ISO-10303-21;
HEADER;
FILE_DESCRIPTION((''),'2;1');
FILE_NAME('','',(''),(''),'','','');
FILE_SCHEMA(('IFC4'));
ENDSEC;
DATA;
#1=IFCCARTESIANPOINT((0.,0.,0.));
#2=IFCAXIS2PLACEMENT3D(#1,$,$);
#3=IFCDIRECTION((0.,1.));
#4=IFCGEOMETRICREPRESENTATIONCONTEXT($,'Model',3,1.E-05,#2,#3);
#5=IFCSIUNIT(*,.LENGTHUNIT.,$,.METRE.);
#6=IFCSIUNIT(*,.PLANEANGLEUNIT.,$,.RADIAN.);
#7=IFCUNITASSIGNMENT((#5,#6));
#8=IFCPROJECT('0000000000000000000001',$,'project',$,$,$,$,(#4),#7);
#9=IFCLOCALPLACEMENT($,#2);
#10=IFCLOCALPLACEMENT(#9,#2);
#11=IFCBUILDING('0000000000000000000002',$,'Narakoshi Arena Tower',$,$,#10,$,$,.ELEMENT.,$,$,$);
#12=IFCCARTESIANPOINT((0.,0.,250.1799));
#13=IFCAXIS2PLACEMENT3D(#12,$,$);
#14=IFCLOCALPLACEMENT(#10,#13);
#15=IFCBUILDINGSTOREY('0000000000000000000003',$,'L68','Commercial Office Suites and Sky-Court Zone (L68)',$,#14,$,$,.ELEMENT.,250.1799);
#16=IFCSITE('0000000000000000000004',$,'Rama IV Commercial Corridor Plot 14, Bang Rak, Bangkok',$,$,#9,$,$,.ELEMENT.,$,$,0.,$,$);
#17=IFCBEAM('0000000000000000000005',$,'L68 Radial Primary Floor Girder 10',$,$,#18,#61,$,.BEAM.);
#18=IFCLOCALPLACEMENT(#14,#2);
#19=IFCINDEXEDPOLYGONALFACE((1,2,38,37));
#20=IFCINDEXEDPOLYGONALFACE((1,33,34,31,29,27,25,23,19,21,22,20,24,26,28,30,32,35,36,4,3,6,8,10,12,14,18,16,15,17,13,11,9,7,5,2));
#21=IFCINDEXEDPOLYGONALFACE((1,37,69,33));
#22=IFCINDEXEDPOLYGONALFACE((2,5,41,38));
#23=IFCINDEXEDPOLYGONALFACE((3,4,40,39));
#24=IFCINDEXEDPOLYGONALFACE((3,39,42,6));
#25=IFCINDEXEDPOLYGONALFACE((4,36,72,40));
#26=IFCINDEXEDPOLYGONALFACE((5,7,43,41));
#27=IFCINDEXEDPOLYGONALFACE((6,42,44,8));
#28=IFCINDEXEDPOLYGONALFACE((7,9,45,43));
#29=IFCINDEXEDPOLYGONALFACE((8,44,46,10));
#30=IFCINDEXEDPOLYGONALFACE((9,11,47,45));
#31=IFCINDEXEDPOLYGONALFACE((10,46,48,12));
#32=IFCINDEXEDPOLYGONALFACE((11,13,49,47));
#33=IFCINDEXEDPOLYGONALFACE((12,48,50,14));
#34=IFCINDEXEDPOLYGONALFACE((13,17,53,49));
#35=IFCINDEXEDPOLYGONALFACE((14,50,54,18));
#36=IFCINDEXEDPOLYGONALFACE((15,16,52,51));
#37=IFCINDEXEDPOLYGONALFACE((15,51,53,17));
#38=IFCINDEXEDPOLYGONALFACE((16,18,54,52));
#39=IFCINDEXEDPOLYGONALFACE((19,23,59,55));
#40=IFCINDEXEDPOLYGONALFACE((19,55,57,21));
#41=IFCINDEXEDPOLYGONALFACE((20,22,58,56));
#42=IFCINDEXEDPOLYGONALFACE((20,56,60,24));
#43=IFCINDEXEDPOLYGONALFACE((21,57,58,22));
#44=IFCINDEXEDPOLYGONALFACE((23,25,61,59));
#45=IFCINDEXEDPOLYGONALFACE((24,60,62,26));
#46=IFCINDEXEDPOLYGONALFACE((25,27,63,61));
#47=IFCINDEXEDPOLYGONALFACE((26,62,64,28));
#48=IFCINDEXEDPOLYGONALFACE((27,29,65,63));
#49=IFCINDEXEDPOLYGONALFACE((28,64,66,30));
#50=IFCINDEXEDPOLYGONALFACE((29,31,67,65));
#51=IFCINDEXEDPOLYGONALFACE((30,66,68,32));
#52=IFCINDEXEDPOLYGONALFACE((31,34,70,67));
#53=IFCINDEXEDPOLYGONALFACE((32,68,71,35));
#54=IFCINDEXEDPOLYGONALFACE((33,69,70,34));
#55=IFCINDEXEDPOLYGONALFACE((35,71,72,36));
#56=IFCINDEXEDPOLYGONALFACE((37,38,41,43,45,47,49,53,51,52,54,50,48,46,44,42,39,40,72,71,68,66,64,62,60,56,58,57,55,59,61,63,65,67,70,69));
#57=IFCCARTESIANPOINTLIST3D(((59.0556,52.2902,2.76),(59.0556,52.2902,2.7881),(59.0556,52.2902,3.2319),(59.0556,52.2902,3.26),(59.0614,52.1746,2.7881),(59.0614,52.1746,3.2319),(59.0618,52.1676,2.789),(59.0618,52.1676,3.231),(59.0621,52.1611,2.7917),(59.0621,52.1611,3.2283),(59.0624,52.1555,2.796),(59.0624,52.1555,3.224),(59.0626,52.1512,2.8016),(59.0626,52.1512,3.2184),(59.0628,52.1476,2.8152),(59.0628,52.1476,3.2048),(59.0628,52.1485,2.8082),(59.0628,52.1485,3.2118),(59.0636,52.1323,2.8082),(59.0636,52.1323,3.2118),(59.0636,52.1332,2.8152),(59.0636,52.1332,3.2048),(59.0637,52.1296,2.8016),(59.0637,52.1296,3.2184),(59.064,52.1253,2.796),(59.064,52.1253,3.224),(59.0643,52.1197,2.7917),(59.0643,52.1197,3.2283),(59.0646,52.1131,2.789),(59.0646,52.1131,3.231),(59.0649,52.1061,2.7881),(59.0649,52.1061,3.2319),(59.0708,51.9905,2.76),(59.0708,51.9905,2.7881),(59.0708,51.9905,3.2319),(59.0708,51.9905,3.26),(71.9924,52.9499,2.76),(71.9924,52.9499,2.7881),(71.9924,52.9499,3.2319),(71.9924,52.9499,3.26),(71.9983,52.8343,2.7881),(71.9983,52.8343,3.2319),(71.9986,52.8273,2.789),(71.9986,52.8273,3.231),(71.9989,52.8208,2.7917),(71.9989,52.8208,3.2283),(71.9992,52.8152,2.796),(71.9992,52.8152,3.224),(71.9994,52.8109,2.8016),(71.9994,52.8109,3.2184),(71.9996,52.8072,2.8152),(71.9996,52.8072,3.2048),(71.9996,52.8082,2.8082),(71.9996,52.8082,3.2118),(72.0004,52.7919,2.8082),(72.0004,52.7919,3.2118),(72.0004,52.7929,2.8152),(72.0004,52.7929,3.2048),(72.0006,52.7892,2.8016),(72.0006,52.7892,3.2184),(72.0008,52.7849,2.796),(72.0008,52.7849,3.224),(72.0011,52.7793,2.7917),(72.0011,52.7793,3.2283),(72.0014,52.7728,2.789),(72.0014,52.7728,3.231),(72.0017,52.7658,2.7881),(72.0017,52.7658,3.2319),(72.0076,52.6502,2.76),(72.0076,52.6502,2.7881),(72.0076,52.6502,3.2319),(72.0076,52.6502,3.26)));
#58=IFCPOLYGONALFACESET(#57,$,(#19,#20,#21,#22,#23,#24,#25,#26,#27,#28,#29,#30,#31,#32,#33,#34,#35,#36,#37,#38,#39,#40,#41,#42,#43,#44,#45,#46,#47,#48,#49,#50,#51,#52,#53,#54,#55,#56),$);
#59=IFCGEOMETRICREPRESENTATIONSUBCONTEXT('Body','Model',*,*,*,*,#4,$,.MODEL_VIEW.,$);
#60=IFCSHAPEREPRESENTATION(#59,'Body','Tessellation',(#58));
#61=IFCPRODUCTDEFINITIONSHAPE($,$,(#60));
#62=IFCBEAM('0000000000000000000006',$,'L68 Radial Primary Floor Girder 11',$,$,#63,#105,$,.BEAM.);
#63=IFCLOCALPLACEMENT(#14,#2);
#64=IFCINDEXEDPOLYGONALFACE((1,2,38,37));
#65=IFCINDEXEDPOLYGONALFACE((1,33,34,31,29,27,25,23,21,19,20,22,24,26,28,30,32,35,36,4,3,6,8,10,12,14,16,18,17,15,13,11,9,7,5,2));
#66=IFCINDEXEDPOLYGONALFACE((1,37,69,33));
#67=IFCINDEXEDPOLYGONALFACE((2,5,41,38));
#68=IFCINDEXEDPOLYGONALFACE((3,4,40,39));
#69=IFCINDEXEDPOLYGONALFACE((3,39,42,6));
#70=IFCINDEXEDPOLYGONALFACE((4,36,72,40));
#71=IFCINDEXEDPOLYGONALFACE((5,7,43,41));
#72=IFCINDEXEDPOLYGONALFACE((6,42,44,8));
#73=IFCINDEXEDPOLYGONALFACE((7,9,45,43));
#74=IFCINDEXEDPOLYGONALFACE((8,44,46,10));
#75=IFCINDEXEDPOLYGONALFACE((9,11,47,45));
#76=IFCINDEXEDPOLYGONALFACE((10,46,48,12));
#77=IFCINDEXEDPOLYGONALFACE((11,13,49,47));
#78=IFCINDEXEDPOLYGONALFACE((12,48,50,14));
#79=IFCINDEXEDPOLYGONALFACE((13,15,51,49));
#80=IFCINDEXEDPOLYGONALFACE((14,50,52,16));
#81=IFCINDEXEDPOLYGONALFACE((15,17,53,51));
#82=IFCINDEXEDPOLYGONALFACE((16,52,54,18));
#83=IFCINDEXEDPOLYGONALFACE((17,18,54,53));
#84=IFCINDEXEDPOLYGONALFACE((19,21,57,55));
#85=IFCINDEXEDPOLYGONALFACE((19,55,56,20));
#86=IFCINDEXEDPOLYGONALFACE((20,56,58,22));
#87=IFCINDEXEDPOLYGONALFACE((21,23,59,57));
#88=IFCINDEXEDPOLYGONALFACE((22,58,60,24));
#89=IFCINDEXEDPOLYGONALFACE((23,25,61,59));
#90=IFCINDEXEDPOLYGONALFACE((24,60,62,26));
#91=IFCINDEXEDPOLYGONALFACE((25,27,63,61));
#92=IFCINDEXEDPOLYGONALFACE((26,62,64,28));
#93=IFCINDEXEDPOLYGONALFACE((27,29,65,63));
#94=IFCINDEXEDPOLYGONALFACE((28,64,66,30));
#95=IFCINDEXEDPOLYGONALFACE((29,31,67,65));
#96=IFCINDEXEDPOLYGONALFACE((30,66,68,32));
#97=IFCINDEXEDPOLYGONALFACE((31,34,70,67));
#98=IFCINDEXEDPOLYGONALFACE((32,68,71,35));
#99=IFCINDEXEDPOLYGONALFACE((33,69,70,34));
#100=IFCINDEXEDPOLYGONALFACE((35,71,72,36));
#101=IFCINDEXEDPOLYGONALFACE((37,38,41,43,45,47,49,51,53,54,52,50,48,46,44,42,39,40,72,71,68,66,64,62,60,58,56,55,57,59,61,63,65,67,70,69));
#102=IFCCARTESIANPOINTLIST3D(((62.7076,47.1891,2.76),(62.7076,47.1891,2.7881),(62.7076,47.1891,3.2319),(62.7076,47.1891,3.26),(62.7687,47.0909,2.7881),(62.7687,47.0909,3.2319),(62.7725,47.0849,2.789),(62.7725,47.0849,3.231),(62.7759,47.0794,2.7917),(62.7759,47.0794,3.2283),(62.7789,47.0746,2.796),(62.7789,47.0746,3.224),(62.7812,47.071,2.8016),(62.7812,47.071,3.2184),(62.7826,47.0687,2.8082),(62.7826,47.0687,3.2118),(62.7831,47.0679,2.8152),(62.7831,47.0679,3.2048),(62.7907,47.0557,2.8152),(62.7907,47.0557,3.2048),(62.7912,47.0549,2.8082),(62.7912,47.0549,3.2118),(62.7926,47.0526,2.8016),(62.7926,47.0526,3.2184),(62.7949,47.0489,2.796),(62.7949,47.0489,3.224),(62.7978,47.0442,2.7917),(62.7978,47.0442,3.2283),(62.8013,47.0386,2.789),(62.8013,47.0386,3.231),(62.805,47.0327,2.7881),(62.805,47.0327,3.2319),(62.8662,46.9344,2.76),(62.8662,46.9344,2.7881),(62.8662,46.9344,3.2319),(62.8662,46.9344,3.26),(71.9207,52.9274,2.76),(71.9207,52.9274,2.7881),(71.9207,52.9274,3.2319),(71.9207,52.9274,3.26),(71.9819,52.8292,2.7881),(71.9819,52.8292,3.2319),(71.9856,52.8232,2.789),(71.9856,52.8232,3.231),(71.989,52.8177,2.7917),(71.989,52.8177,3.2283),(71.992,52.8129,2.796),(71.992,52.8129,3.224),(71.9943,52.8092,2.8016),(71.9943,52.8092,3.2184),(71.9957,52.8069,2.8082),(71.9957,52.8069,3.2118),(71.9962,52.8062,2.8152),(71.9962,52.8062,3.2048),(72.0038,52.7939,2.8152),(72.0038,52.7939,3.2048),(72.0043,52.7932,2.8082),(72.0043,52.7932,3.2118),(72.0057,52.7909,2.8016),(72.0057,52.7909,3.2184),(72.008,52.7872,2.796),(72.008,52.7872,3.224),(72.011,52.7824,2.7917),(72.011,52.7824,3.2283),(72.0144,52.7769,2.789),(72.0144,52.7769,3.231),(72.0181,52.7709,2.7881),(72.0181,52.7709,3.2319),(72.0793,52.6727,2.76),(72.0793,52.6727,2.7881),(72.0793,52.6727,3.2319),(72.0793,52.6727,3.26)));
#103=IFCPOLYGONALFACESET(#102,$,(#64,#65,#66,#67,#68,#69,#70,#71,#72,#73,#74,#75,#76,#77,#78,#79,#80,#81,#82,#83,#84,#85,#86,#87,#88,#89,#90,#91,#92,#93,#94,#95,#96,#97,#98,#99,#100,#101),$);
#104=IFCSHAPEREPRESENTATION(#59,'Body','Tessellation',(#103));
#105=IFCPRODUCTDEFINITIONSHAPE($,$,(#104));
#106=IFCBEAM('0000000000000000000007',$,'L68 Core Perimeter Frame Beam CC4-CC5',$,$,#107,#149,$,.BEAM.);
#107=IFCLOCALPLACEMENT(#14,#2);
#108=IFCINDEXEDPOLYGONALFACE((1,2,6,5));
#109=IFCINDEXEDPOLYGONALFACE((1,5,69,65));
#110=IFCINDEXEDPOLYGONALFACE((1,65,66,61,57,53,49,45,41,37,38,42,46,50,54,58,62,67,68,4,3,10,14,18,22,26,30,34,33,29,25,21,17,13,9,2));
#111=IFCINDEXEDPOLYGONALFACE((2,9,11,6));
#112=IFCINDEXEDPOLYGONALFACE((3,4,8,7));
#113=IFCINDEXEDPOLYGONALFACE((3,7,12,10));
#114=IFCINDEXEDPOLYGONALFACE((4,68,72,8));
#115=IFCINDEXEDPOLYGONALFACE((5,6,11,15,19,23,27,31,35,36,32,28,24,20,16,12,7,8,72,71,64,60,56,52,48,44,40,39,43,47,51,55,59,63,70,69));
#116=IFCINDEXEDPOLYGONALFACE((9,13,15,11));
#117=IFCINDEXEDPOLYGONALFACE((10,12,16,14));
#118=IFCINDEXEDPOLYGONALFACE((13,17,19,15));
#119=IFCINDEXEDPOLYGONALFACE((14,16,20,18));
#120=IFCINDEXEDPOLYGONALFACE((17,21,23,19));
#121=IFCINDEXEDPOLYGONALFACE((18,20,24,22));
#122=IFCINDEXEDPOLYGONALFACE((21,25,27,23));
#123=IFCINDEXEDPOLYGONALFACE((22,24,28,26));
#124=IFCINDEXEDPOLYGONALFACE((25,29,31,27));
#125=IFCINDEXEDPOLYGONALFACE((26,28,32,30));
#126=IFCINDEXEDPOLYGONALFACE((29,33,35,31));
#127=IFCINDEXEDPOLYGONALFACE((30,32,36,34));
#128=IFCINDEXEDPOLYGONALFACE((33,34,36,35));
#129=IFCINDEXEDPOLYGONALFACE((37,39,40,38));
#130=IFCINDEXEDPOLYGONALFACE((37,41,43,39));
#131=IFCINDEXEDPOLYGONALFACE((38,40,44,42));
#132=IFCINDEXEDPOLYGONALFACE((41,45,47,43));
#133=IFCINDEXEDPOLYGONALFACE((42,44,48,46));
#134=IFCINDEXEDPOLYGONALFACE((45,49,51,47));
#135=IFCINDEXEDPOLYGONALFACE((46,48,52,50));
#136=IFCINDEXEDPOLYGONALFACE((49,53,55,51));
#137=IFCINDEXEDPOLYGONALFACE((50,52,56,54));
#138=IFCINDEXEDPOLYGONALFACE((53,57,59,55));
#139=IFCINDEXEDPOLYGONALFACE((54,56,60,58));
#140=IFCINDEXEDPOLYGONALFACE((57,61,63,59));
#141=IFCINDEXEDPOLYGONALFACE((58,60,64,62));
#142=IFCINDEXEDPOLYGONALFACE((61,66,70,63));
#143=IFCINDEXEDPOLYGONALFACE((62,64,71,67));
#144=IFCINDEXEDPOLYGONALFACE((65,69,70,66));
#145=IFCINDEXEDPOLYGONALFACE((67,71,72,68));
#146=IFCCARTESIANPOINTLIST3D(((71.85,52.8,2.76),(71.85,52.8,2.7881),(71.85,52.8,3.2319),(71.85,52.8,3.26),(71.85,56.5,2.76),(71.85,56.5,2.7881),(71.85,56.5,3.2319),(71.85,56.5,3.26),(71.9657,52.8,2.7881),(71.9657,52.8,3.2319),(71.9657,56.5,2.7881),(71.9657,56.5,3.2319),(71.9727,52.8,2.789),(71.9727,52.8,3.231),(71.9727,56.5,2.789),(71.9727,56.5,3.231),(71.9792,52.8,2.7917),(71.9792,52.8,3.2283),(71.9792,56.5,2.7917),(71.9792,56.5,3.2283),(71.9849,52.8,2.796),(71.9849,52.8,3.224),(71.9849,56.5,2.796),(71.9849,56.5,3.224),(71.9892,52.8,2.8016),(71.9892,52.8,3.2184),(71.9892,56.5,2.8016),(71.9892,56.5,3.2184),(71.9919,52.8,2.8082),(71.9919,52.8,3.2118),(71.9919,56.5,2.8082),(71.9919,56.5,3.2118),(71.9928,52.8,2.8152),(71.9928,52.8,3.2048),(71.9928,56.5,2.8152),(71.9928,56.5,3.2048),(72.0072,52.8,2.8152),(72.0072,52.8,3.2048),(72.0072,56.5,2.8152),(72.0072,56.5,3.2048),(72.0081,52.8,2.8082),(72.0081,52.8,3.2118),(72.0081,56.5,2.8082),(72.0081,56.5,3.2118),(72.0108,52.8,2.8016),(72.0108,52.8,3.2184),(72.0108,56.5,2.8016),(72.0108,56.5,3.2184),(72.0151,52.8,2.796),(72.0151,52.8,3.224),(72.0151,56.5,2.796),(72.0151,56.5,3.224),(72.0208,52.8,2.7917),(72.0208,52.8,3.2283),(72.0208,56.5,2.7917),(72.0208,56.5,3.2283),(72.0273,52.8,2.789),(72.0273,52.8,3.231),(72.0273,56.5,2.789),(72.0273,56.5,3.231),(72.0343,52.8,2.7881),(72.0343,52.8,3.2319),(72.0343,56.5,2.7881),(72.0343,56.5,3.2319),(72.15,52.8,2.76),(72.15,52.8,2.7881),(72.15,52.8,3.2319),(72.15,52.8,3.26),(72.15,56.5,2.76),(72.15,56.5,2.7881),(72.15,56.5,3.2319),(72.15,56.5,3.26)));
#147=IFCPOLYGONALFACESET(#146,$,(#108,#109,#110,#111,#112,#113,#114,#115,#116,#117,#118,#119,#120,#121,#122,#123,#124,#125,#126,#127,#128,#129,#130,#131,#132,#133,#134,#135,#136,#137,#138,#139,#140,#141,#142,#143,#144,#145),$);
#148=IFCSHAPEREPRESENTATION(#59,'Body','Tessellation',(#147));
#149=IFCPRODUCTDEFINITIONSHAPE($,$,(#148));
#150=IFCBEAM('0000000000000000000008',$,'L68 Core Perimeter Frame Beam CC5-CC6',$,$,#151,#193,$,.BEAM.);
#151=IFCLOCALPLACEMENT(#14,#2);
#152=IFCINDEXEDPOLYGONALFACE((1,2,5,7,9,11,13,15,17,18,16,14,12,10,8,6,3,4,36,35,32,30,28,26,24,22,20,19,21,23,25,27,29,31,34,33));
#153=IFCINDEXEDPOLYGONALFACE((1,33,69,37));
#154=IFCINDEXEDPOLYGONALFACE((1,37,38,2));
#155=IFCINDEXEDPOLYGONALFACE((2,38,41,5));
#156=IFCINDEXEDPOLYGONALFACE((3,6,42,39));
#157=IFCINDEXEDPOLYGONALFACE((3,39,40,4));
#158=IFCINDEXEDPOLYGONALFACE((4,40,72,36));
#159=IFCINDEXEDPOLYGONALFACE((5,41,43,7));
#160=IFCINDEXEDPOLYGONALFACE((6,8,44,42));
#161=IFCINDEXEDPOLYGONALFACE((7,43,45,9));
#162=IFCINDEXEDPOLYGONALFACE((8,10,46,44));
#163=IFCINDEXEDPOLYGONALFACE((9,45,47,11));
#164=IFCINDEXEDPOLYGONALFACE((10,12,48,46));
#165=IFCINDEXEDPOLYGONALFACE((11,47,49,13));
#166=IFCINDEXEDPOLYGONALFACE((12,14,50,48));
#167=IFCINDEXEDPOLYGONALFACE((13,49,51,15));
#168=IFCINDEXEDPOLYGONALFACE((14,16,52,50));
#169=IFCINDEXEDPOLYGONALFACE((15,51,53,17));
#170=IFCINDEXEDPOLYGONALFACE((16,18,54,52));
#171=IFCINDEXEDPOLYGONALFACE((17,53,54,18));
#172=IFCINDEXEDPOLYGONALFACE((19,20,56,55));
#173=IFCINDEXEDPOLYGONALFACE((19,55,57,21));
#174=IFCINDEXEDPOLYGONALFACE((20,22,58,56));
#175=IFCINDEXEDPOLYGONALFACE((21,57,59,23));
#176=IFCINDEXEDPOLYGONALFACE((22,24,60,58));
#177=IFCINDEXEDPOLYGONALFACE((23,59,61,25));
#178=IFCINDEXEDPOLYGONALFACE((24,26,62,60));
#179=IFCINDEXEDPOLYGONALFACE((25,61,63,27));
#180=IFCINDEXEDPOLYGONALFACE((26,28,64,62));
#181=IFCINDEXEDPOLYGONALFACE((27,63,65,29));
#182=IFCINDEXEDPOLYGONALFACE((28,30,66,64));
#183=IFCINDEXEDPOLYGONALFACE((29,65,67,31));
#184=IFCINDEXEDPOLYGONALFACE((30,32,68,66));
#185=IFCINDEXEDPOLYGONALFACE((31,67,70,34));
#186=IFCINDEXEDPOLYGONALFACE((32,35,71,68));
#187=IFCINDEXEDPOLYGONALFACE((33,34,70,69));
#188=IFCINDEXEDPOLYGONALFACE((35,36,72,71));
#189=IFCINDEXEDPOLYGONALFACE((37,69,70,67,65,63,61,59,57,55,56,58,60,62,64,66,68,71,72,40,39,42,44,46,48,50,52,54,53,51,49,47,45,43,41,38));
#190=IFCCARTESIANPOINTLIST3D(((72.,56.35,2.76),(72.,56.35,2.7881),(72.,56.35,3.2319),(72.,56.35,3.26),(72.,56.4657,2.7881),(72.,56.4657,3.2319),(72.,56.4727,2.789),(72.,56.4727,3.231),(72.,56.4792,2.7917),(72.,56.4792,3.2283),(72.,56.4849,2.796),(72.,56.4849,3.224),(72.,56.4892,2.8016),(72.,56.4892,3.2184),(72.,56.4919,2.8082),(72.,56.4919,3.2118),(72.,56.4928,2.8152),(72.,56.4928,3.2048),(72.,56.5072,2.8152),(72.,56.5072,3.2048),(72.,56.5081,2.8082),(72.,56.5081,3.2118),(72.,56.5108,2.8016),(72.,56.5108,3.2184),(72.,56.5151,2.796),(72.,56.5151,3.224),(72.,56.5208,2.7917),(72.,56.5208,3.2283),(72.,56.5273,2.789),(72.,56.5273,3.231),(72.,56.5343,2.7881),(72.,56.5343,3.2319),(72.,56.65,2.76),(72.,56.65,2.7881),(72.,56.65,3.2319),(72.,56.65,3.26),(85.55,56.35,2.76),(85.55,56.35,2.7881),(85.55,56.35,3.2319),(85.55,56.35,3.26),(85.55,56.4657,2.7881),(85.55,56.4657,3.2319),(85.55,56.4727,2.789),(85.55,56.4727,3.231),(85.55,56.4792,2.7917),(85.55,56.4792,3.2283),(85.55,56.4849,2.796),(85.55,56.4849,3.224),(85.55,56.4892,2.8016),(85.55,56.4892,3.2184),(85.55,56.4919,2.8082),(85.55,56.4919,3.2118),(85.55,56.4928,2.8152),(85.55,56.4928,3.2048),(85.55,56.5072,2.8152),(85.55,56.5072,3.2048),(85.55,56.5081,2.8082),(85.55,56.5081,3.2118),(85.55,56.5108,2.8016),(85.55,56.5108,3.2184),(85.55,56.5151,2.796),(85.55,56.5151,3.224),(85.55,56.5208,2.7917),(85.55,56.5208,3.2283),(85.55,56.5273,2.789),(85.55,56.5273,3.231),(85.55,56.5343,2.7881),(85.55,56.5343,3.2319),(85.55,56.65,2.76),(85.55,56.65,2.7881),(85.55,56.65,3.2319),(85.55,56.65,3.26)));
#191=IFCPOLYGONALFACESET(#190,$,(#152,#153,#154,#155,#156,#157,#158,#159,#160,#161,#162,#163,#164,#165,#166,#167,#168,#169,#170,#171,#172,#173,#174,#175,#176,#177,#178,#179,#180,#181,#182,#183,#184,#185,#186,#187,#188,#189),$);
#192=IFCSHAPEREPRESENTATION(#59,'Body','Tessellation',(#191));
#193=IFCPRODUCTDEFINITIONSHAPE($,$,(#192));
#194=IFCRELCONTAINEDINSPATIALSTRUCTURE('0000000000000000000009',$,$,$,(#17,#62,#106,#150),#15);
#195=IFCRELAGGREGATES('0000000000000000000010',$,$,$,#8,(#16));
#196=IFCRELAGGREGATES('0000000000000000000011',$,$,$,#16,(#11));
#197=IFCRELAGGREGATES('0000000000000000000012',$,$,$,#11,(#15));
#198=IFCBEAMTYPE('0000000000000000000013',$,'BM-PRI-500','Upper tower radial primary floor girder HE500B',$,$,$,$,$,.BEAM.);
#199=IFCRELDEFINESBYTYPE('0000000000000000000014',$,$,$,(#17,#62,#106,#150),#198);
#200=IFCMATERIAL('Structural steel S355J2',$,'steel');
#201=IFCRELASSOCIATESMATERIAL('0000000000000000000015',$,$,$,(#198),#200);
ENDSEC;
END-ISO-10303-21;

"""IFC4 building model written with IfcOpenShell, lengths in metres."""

from ifc_helpers import new_model, si_unit, direction, frame, origin, origin_2d, place, context, subcontext, project, spatial, i_section, extrude, material, material_profile, profile_set, type_object, element, save


model = new_model("IFC4")

# Units and contexts
model_context = context("Model", 3, precision=1e-05, world=origin(), true_north=direction((0.0, 1.0)))
body_context = subcontext(model_context, "Body", "Model", "MODEL_VIEW")
ifc_project = project(units=[si_unit("LENGTHUNIT", "METRE"), si_unit("PLANEANGLEUNIT", "RADIAN")], contexts=[model_context])

# Site, building, storey
site_placement = place(None, origin())
site = spatial("IfcSite", under=ifc_project, at=site_placement, Name="Rama IV Commercial Corridor Plot 14, Bang Rak, Bangkok", CompositionType="ELEMENT", RefElevation=0.0)
building_placement = place(site_placement, origin())
building = spatial("IfcBuilding", under=site, at=building_placement, Name="Narakoshi Arena Tower", CompositionType="ELEMENT")
storey_placement = place(building_placement, frame((0.0, 0.0, 250.1799)))
storey = spatial("IfcBuildingStorey", under=building, at=storey_placement, Name="L68", Description="Commercial Office Suites and Sky-Court Zone (L68)", CompositionType="ELEMENT", Elevation=250.1799)

# Beams
ifc_material_1 = material(Name="Structural steel S355J2", Category="steel")
ifc_material_profile = material_profile(ifc_material_1, i_section(OverallWidth=0.3, OverallDepth=0.5, WebThickness=0.0144, FlangeThickness=0.0281, FilletRadius=0.0271, at=origin_2d()), Name="HE500B")
ifc_profile_set = profile_set([ifc_material_profile], Name="Structural steel S355J2")
beam_type = type_object("IfcBeamType", Name="BM-PRI-500", Description="Upper tower radial primary floor girder HE500B", PredefinedType="BEAM", material=ifc_profile_set)
beam_1_placement = place(storey_placement, frame((72.0, 52.8, 3.01), z_axis=(-0.998702, -0.050926, 0.0), x_axis=(0.050926, -0.998702, 0.0)))
element("IfcBeam", 1, at=beam_1_placement, inside=storey, type_object=beam_type, Name="L68 Radial Primary Floor Girder 10", PredefinedType="BEAM", context=body_context, shape_type="SweptSolid", body=[
    extrude(i_section(OverallWidth=0.3, OverallDepth=0.5, WebThickness=0.0144, FlangeThickness=0.0281, FilletRadius=0.0271, at=origin_2d()), origin(), (0.0, 0.0, 1.0), 12.9536),
])
beam_2_placement = place(storey_placement, frame((72.0, 52.8, 3.01), z_axis=(-0.848822, -0.528678, 0.0), x_axis=(0.528678, -0.848822, 0.0)))
element("IfcBeam", 2, at=beam_2_placement, inside=storey, type_object=beam_type, Name="L68 Radial Primary Floor Girder 11", PredefinedType="BEAM", context=body_context, shape_type="SweptSolid", body=[
    extrude(i_section(OverallWidth=0.3, OverallDepth=0.5, WebThickness=0.0144, FlangeThickness=0.0281, FilletRadius=0.0271, at=origin_2d()), origin(), (0.0, 0.0, 1.0), 10.854),
])
beam_3_placement = place(storey_placement, frame((72.0, 52.8, 3.01), z_axis=(0.0, 1.0, 0.0), x_axis=(-1.0, 0.0, 0.0)))
element("IfcBeam", 3, at=beam_3_placement, inside=storey, type_object=beam_type, Name="L68 Core Perimeter Frame Beam CC4-CC5", PredefinedType="BEAM", context=body_context, shape_type="SweptSolid", body=[
    extrude(i_section(OverallWidth=0.3, OverallDepth=0.5, WebThickness=0.0144, FlangeThickness=0.0281, FilletRadius=0.0271, at=origin_2d()), origin(), (0.0, 0.0, 1.0), 3.7),
])
beam_4_placement = place(storey_placement, frame((72.0, 56.5, 3.01), z_axis=(1.0, 0.0, 0.0), x_axis=(0.0, 1.0, 0.0)))
element("IfcBeam", 4, at=beam_4_placement, inside=storey, type_object=beam_type, Name="L68 Core Perimeter Frame Beam CC5-CC6", PredefinedType="BEAM", context=body_context, shape_type="SweptSolid", body=[
    extrude(i_section(OverallWidth=0.3, OverallDepth=0.5, WebThickness=0.0144, FlangeThickness=0.0281, FilletRadius=0.0271, at=origin_2d()), origin(), (0.0, 0.0, 1.0), 13.55),
])

save(model, "model.ifc")
